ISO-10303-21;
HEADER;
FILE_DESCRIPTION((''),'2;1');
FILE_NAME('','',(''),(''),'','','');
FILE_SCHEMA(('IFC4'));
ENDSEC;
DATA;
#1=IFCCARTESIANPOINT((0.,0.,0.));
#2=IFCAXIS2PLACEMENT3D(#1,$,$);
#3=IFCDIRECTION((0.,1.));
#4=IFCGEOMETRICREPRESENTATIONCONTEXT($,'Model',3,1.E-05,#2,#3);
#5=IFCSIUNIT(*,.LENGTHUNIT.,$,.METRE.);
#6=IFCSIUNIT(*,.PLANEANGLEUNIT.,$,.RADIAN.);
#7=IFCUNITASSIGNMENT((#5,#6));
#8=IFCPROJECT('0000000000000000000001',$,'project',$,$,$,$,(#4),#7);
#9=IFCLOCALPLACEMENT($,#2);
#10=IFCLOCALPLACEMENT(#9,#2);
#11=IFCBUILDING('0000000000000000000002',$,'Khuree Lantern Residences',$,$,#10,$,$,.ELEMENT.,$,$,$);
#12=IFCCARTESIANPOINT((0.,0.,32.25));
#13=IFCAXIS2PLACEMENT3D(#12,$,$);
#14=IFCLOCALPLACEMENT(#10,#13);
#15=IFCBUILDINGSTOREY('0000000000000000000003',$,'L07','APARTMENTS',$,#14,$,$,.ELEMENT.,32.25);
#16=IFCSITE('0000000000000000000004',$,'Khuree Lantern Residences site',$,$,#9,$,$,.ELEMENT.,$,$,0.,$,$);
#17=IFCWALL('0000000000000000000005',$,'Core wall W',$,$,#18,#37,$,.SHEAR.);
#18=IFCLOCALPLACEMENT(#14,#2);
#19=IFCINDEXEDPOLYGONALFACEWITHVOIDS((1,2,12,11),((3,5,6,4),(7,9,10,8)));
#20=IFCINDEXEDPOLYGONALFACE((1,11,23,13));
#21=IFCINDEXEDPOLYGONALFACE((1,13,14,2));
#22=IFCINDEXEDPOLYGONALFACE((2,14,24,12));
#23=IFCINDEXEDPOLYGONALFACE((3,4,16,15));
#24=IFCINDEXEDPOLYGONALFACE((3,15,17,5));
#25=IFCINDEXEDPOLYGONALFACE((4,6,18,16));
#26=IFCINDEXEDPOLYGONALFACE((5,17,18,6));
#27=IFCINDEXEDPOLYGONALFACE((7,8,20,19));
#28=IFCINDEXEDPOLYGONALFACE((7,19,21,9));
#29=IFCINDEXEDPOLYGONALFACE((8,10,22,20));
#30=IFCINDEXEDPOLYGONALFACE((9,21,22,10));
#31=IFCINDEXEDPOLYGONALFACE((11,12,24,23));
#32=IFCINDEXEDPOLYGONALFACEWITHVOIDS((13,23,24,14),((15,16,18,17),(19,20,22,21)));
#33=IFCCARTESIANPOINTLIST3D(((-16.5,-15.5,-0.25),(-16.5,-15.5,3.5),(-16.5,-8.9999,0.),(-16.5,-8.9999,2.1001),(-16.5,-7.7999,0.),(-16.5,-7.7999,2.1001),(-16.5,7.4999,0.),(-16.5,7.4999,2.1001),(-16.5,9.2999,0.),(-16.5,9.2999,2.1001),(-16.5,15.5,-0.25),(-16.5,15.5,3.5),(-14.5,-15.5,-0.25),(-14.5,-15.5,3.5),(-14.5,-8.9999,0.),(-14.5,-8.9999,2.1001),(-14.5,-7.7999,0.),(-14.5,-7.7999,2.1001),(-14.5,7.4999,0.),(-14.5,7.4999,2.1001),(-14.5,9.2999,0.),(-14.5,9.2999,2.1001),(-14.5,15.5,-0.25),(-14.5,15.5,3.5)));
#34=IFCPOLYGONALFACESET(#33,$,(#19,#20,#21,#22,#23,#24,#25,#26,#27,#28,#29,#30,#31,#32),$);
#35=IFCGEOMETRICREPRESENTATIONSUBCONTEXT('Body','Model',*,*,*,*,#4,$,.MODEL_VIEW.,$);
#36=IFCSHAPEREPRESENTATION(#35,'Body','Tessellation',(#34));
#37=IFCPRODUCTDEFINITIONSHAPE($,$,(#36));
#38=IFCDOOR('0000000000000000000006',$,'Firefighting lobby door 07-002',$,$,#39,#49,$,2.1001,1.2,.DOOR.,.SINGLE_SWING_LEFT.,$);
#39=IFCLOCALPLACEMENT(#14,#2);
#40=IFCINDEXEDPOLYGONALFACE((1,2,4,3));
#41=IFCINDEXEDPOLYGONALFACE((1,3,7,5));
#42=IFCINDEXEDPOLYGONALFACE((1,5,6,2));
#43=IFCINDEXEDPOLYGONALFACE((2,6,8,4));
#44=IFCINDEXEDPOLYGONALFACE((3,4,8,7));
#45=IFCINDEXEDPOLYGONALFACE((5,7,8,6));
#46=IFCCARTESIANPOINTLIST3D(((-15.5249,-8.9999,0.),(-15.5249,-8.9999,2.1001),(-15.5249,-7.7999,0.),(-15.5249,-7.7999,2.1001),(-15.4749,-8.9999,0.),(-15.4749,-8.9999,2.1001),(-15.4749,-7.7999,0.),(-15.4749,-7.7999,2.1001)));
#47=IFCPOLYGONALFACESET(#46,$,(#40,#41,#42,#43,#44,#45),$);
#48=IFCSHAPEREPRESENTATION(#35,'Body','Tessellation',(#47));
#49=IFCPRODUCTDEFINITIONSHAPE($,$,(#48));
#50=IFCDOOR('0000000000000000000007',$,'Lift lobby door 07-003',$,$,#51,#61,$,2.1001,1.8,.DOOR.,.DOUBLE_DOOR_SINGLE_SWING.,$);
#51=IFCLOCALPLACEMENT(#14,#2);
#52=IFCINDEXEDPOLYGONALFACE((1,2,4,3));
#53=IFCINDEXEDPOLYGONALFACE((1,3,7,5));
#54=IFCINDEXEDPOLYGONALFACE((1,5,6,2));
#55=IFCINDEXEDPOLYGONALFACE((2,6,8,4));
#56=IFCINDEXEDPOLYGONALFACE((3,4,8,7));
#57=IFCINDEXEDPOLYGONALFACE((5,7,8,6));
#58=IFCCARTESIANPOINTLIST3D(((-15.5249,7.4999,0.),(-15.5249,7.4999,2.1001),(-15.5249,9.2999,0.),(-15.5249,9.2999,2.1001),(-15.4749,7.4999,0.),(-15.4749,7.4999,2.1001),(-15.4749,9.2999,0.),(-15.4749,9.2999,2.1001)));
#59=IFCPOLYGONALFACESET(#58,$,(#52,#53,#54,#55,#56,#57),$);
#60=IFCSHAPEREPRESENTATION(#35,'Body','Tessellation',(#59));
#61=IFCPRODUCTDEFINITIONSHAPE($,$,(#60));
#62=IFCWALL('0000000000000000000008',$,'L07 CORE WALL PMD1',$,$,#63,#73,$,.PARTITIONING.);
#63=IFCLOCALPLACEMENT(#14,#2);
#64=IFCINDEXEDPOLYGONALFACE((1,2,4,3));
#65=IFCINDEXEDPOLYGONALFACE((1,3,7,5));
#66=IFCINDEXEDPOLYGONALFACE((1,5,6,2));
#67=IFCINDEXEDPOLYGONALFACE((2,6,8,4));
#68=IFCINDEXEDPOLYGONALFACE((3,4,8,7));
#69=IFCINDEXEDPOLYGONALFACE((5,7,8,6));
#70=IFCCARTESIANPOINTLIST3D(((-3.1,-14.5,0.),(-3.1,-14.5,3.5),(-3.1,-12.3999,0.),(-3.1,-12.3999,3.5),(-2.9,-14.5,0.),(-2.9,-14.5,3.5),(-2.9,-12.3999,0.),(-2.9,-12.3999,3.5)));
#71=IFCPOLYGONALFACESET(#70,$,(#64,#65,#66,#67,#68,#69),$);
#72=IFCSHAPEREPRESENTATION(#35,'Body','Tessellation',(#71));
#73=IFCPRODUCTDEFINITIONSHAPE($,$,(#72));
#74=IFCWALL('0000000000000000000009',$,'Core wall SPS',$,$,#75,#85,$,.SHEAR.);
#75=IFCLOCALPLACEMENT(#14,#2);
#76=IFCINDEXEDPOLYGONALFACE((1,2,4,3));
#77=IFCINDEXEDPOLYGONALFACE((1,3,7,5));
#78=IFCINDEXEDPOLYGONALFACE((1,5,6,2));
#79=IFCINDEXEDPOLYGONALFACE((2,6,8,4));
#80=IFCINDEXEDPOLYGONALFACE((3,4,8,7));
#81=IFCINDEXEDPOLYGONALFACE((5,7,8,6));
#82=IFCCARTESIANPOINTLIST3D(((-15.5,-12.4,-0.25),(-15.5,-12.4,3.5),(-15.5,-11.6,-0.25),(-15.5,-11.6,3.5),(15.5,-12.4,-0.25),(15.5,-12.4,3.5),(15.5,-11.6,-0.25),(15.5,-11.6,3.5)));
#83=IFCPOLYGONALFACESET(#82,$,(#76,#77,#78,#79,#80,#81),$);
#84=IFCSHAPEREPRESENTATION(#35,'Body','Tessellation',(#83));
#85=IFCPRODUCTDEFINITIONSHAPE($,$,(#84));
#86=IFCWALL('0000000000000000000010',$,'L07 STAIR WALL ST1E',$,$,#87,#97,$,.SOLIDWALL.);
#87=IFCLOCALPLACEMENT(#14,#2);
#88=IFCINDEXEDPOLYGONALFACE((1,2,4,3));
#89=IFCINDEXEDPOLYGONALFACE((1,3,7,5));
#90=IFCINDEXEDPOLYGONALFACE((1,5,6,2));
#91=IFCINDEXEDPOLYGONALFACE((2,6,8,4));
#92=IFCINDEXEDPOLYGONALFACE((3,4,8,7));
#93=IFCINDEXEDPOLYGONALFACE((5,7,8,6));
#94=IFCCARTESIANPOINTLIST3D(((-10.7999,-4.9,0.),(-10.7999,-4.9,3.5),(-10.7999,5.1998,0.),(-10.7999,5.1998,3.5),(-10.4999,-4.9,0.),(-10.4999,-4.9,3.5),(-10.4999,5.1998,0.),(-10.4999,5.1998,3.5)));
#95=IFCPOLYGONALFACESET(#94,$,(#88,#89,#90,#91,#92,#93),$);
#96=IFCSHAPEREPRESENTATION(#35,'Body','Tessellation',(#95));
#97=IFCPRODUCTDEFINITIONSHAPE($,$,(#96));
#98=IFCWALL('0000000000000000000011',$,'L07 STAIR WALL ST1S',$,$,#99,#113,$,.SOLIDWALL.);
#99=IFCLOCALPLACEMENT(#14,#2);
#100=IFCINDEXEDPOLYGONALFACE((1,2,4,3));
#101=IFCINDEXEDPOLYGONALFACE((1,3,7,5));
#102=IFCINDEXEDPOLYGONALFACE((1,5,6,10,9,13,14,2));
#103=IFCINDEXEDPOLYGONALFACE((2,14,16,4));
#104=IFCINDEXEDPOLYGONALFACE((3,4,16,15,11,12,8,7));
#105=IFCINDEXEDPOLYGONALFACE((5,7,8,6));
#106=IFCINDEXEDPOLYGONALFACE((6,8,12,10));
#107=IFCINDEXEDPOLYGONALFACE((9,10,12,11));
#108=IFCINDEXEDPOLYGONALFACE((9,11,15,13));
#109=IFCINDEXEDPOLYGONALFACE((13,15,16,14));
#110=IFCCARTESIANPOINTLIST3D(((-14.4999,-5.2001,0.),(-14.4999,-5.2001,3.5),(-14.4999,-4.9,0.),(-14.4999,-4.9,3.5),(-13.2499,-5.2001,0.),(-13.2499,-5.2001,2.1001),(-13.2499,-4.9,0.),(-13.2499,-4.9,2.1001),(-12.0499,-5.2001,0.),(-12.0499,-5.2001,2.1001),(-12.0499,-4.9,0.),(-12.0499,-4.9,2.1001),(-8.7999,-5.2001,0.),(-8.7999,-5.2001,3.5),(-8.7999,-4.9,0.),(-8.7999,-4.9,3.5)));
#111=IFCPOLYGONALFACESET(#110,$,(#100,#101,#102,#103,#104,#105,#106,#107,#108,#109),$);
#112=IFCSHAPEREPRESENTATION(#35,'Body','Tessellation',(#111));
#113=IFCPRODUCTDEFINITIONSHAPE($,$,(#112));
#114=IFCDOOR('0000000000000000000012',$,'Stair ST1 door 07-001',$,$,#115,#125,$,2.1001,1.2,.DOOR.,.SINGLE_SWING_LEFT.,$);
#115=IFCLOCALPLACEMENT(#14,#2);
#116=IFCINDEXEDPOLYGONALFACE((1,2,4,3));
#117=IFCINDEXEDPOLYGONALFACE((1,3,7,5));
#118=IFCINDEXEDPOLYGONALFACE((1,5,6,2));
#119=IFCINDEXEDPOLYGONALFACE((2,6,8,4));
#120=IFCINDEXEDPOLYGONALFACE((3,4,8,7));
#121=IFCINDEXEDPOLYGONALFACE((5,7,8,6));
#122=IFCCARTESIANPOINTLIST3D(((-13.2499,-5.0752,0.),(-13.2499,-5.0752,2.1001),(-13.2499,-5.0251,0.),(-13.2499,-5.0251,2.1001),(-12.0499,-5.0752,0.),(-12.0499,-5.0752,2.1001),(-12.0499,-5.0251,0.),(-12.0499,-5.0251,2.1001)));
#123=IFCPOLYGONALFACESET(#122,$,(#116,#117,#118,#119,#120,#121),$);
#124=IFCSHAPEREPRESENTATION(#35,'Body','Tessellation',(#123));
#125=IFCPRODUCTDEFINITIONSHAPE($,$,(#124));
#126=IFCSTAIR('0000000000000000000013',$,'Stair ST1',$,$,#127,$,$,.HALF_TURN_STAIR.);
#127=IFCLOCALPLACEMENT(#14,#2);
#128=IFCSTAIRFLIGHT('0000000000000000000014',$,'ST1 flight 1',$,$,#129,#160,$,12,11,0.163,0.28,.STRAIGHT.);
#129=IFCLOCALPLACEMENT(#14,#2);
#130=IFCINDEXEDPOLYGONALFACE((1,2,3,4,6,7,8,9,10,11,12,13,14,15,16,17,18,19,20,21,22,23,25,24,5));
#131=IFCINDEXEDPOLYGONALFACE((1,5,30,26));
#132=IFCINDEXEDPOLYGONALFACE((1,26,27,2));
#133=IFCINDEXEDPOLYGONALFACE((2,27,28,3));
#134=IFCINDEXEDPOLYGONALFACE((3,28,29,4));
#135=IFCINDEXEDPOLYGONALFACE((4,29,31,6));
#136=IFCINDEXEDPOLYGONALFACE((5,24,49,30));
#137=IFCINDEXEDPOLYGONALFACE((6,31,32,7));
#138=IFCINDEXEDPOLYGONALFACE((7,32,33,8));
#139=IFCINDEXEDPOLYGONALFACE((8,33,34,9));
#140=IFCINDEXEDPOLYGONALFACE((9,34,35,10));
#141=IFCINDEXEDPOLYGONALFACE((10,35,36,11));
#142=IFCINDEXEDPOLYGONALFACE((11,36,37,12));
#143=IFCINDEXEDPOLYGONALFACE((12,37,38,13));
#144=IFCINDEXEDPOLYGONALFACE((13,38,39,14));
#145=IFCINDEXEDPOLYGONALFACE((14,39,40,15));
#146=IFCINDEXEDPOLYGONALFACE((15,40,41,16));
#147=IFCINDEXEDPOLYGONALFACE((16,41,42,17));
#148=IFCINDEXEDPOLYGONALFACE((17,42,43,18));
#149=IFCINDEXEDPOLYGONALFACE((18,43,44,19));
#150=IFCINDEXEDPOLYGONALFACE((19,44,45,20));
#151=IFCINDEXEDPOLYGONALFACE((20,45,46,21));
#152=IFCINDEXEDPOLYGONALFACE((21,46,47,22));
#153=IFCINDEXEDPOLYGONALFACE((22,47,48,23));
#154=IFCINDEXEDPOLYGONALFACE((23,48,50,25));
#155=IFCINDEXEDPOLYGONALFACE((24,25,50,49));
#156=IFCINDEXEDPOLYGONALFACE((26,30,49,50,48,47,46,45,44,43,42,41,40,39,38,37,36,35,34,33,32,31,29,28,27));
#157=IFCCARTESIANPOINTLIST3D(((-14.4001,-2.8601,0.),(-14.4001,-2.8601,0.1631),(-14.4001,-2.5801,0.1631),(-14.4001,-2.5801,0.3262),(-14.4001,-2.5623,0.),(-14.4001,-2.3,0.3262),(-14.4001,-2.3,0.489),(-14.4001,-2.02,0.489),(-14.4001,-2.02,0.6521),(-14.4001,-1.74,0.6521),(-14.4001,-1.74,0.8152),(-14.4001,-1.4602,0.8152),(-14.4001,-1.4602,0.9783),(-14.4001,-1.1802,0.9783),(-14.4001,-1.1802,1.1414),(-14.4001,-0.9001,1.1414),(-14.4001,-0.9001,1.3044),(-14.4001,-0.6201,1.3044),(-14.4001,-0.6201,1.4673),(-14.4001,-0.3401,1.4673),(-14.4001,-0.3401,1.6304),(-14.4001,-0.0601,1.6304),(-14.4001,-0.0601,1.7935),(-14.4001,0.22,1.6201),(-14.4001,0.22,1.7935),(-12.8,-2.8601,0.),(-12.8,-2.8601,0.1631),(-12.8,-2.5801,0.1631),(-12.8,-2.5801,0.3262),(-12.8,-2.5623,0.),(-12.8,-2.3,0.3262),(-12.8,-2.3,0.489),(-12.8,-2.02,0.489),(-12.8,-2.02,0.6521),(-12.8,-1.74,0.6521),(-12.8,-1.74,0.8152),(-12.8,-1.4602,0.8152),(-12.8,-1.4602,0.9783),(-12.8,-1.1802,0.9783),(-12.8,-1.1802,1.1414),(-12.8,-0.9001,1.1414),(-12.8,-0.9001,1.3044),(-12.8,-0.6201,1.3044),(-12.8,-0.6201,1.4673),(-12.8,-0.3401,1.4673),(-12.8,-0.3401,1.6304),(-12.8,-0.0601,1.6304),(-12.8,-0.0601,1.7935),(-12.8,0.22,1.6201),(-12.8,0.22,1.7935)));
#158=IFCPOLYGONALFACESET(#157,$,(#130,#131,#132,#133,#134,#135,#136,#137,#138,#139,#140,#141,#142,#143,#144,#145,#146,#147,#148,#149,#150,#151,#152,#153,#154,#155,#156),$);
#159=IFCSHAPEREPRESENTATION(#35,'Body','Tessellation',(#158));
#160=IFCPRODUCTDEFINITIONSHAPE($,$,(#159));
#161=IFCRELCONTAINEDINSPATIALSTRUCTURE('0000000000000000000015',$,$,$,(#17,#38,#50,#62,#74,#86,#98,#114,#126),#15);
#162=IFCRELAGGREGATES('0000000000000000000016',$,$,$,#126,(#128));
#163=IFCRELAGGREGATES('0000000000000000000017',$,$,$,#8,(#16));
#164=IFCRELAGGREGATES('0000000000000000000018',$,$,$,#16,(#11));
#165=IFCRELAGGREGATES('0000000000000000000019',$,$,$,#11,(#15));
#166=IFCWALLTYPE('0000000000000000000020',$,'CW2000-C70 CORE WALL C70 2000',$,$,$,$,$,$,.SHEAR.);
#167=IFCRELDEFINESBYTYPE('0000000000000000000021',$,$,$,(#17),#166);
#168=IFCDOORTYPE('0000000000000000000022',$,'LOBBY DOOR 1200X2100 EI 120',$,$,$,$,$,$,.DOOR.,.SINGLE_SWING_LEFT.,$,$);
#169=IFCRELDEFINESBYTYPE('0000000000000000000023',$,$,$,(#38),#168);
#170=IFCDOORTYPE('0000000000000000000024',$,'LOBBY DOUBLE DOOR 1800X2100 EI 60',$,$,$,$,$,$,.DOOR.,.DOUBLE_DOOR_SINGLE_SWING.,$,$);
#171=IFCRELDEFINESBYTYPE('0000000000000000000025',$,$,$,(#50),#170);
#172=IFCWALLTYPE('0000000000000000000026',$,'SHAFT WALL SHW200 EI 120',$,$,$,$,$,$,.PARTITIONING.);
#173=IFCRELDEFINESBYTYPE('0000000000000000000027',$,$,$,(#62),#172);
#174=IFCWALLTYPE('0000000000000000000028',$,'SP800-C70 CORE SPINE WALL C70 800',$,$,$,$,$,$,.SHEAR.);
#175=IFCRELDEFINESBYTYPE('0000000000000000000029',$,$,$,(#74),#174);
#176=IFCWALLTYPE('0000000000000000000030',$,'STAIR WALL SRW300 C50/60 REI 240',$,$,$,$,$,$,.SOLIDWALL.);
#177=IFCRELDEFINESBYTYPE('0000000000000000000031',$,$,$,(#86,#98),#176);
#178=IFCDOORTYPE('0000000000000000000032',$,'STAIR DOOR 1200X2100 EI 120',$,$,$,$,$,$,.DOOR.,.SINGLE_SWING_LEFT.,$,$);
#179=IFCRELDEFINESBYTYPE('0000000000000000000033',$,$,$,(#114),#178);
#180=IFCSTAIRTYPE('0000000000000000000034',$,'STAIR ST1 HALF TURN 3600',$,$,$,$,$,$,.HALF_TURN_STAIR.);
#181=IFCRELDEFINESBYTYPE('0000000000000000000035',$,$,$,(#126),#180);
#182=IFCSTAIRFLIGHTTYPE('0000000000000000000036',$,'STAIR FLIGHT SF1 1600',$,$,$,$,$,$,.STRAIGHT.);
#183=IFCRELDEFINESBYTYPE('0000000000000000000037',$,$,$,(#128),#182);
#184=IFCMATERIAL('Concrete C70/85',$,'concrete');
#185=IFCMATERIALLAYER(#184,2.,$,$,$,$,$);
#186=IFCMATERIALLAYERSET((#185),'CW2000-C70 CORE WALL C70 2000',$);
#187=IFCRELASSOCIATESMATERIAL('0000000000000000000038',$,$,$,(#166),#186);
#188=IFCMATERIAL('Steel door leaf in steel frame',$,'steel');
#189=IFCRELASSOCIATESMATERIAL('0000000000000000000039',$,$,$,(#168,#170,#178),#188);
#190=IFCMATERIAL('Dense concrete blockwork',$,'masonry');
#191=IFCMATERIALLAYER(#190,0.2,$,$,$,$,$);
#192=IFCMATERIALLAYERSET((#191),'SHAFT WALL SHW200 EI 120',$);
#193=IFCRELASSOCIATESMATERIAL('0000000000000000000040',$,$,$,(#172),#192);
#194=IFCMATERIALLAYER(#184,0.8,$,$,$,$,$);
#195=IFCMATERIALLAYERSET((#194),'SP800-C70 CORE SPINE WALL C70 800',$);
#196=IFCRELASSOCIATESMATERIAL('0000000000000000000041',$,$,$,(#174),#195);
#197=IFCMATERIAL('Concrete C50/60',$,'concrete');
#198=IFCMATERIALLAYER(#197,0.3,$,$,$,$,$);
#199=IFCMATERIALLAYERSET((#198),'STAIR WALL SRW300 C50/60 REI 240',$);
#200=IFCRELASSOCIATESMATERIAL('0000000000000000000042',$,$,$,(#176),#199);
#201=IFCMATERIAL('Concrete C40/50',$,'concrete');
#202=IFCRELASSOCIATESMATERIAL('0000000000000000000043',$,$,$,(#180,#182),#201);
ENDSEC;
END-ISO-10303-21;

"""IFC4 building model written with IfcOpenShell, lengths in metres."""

from ifc_helpers import new_model, si_unit, direction, frame, frame_2d, origin, place, context, subcontext, project, spatial, polyline, rectangle, outline, extrude, material, layer, layer_set, type_object, element, fill, aggregate, save


model = new_model("IFC4")

# Units and contexts
model_context = context("Model", 3, precision=1e-05, world=origin(), true_north=direction((0.0, 1.0)))
body_context = subcontext(model_context, "Body", "Model", "MODEL_VIEW")
ifc_project = project(units=[si_unit("LENGTHUNIT", "METRE"), si_unit("PLANEANGLEUNIT", "RADIAN")], contexts=[model_context])

# Site, building, storey
site_placement = place(None, origin())
site = spatial("IfcSite", under=ifc_project, at=site_placement, Name="Khuree Lantern Residences site", CompositionType="ELEMENT", RefElevation=0.0)
building_placement = place(site_placement, origin())
building = spatial("IfcBuilding", under=site, at=building_placement, Name="Khuree Lantern Residences", CompositionType="ELEMENT")
storey_placement = place(building_placement, frame((0.0, 0.0, 32.25)))
storey = spatial("IfcBuildingStorey", under=building, at=storey_placement, Name="L07", Description="APARTMENTS", CompositionType="ELEMENT", Elevation=32.25)

# Shared definitions
ifc_material_1 = material(Name="Concrete C70/85", Category="concrete")

# Shared definitions
ifc_material_2 = material(Name="Dense concrete blockwork", Category="masonry")

# Shared definitions
ifc_material_3 = material(Name="Steel door leaf in steel frame", Category="steel")

# Shared definitions
ifc_layer_1 = layer(ifc_material_1, 2.0)
ifc_layer_set_1 = layer_set([ifc_layer_1], Name="CW2000-C70 CORE WALL C70 2000")
wall_type_1 = type_object("IfcWallType", Name="CW2000-C70 CORE WALL C70 2000", PredefinedType="SHEAR", material=ifc_layer_set_1)

# Wall, openings, doors
wall_1_placement = place(storey_placement, frame((-15.5, -15.5, -0.25), z_axis=(0.0, 0.0, 1.0), x_axis=(0.0, 1.0, 0.0)))
wall_1 = element("IfcWall", 1, at=wall_1_placement, inside=storey, type_object=wall_type_1, Name="Core wall W", PredefinedType="SHEAR", context=body_context, shape_type="SweptSolid", body=[
    extrude(rectangle(XDim=31.0, YDim=2.0, at=frame_2d((15.5, 0.0))), origin(), (0.0, 0.0, 1.0), 3.75),
])
opening_1_placement = place(wall_1_placement, frame((6.5, 0.0, 0.25)))
opening_1 = element("IfcOpeningElement", 2, at=opening_1_placement, cuts=wall_1, PredefinedType="OPENING", context=body_context, shape_type="SweptSolid", body=[
    extrude(rectangle(XDim=1.2, YDim=2.1001, at=frame_2d((0.6001, 1.05))), frame((0.0, 1.01, 0.0), z_axis=(0.0, -1.0, 0.0), x_axis=(1.0, 0.0, 0.0)), (0.0, 0.0, 1.0), 2.02),
])
opening_2_placement = place(wall_1_placement, frame((23.0, 0.0, 0.25)))
opening_2 = element("IfcOpeningElement", 3, at=opening_2_placement, cuts=wall_1, PredefinedType="OPENING", context=body_context, shape_type="SweptSolid", body=[
    extrude(rectangle(XDim=1.8, YDim=2.1001, at=frame_2d((0.8999, 1.05))), frame((0.0, 1.01, 0.0), z_axis=(0.0, -1.0, 0.0), x_axis=(1.0, 0.0, 0.0)), (0.0, 0.0, 1.0), 2.02),
])
door_type_1 = type_object("IfcDoorType", Name="LOBBY DOOR 1200X2100 EI 120", OperationType="SINGLE_SWING_LEFT", PredefinedType="DOOR", material=ifc_material_3)
door_1_placement = place(opening_1_placement, origin())
door_1 = element("IfcDoor", 4, at=door_1_placement, inside=storey, type_object=door_type_1, Name="Firefighting lobby door 07-002", OperationType="SINGLE_SWING_LEFT", OverallHeight=2.1001, OverallWidth=1.2, PredefinedType="DOOR", context=body_context, shape_type="SweptSolid", body=[
    extrude(rectangle(XDim=1.2, YDim=2.1001, at=frame_2d((0.6001, 1.05))), frame((0.0, 0.0249, 0.0), z_axis=(0.0, -1.0, 0.0), x_axis=(1.0, 0.0, 0.0)), (0.0, 0.0, 1.0), 0.05),
])
fill(opening_1, door_1)
door_type_2 = type_object("IfcDoorType", Name="LOBBY DOUBLE DOOR 1800X2100 EI 60", OperationType="DOUBLE_DOOR_SINGLE_SWING", PredefinedType="DOOR", material=ifc_material_3)
door_2_placement = place(opening_2_placement, origin())
door_2 = element("IfcDoor", 5, at=door_2_placement, inside=storey, type_object=door_type_2, Name="Lift lobby door 07-003", OperationType="DOUBLE_DOOR_SINGLE_SWING", OverallHeight=2.1001, OverallWidth=1.8, PredefinedType="DOOR", context=body_context, shape_type="SweptSolid", body=[
    extrude(rectangle(XDim=1.8, YDim=2.1001, at=frame_2d((0.8999, 1.05))), frame((0.0, 0.0249, 0.0), z_axis=(0.0, -1.0, 0.0), x_axis=(1.0, 0.0, 0.0)), (0.0, 0.0, 1.0), 0.05),
])
fill(opening_2, door_2)

# Walls
ifc_layer_2 = layer(ifc_material_2, 0.2)
ifc_layer_set_2 = layer_set([ifc_layer_2], Name="SHAFT WALL SHW200 EI 120")
wall_type_2 = type_object("IfcWallType", Name="SHAFT WALL SHW200 EI 120", PredefinedType="PARTITIONING", material=ifc_layer_set_2)
wall_2_placement = place(storey_placement, frame((-3.0, -14.5, 0.0), z_axis=(0.0, 0.0, 1.0), x_axis=(0.0, 1.0, 0.0)))
element("IfcWall", 6, at=wall_2_placement, inside=storey, type_object=wall_type_2, Name="L07 CORE WALL PMD1", PredefinedType="PARTITIONING", context=body_context, shape_type="SweptSolid", body=[
    extrude(rectangle(XDim=2.1001, YDim=0.2, at=frame_2d((1.05, 0.0))), origin(), (0.0, 0.0, 1.0), 3.5),
])
ifc_layer_3 = layer(ifc_material_1, 0.8)
ifc_layer_set_3 = layer_set([ifc_layer_3], Name="SP800-C70 CORE SPINE WALL C70 800")
wall_type_3 = type_object("IfcWallType", Name="SP800-C70 CORE SPINE WALL C70 800", PredefinedType="SHEAR", material=ifc_layer_set_3)
wall_3_placement = place(storey_placement, frame((-15.5, -12.0, -0.25), z_axis=(0.0, 0.0, 1.0), x_axis=(1.0, 0.0, 0.0)))
element("IfcWall", 7, at=wall_3_placement, inside=storey, type_object=wall_type_3, Name="Core wall SPS", PredefinedType="SHEAR", context=body_context, shape_type="SweptSolid", body=[
    extrude(rectangle(XDim=31.0, YDim=0.8, at=frame_2d((15.5, 0.0))), origin(), (0.0, 0.0, 1.0), 3.75),
])
ifc_material_4 = material(Name="Concrete C50/60", Category="concrete")
ifc_layer_4 = layer(ifc_material_4, 0.3)
ifc_layer_set_4 = layer_set([ifc_layer_4], Name="STAIR WALL SRW300 C50/60 REI 240")
wall_type_4 = type_object("IfcWallType", Name="STAIR WALL SRW300 C50/60 REI 240", PredefinedType="SOLIDWALL", material=ifc_layer_set_4)
wall_4_placement = place(storey_placement, frame((-10.6499, -4.8999, 0.0), z_axis=(0.0, 0.0, 1.0), x_axis=(0.0, 1.0, 0.0)))
element("IfcWall", 8, at=wall_4_placement, inside=storey, type_object=wall_type_4, Name="L07 STAIR WALL ST1E", PredefinedType="SOLIDWALL", context=body_context, shape_type="SweptSolid", body=[
    extrude(rectangle(XDim=10.0999, YDim=0.3, at=frame_2d((5.0498, 0.0))), origin(), (0.0, 0.0, 1.0), 3.5),
])

# Wall, opening, door
wall_5_placement = place(storey_placement, frame((-14.5, -5.05, 0.0), z_axis=(0.0, 0.0, 1.0), x_axis=(1.0, 0.0, 0.0)))
wall_5 = element("IfcWall", 9, at=wall_5_placement, inside=storey, type_object=wall_type_4, Name="L07 STAIR WALL ST1S", PredefinedType="SOLIDWALL", context=body_context, shape_type="SweptSolid", body=[
    extrude(rectangle(XDim=5.7, YDim=0.3, at=frame_2d((2.8501, 0.0))), origin(), (0.0, 0.0, 1.0), 3.5),
])
opening_3_placement = place(wall_5_placement, frame((1.25, 0.0, 0.0)))
opening_3 = element("IfcOpeningElement", 10, at=opening_3_placement, cuts=wall_5, PredefinedType="OPENING", context=body_context, shape_type="SweptSolid", body=[
    extrude(rectangle(XDim=1.2, YDim=2.1001, at=frame_2d((0.6001, 1.05))), frame((0.0, 0.1602, 0.0), z_axis=(0.0, -1.0, 0.0), x_axis=(1.0, 0.0, 0.0)), (0.0, 0.0, 1.0), 0.3201),
])
door_type_3 = type_object("IfcDoorType", Name="STAIR DOOR 1200X2100 EI 120", OperationType="SINGLE_SWING_LEFT", PredefinedType="DOOR", material=ifc_material_3)
door_3_placement = place(opening_3_placement, origin())
door_3 = element("IfcDoor", 11, at=door_3_placement, inside=storey, type_object=door_type_3, Name="Stair ST1 door 07-001", OperationType="SINGLE_SWING_LEFT", OverallHeight=2.1001, OverallWidth=1.2, PredefinedType="DOOR", context=body_context, shape_type="SweptSolid", body=[
    extrude(rectangle(XDim=1.2, YDim=2.1001, at=frame_2d((0.6001, 1.05))), frame((0.0, 0.0249, 0.0), z_axis=(0.0, -1.0, 0.0), x_axis=(1.0, 0.0, 0.0)), (0.0, 0.0, 1.0), 0.05),
])
fill(opening_3, door_3)

# Stair, stair flight
ifc_material_5 = material(Name="Concrete C40/50", Category="concrete")
stair_type = type_object("IfcStairType", Name="STAIR ST1 HALF TURN 3600", PredefinedType="HALF_TURN_STAIR", material=ifc_material_5)
stair_placement = place(storey_placement, origin())
stair = element("IfcStair", 12, at=stair_placement, inside=storey, type_object=stair_type, Name="Stair ST1", PredefinedType="HALF_TURN_STAIR")
stair_flight_type = type_object("IfcStairFlightType", Name="STAIR FLIGHT SF1 1600", PredefinedType="STRAIGHT", material=ifc_material_5)
stair_flight_placement = place(storey_placement, frame((-13.6001, -2.8601, 0.0), z_axis=(0.0, 0.0, 1.0), x_axis=(0.0, 1.0, 0.0)))
stair_flight = element("IfcStairFlight", 13, at=stair_flight_placement, type_object=stair_flight_type, Name="ST1 flight 1", NumberOfRisers=12, NumberOfTreads=11, PredefinedType="STRAIGHT", RiserHeight=0.163, TreadLength=0.28, context=body_context, shape_type="SweptSolid", body=[
    extrude(outline(polyline([(0.0, 0.0), (0.0, 0.1631), (0.28, 0.1631), (0.28, 0.3262), (0.5601, 0.3262), (0.5601, 0.489), (0.8401, 0.489), (0.8401, 0.6521), (1.1201, 0.6521), (1.1201, 0.8152), (1.3999, 0.8152), (1.3999, 0.9783), (1.6799, 0.9783), (1.6799, 1.1414), (1.96, 1.1414), (1.96, 1.3044), (2.24, 1.3044), (2.24, 1.4673), (2.52, 1.4673), (2.52, 1.6304), (2.8, 1.6304), (2.8, 1.7935), (3.0801, 1.7935), (3.0801, 1.9565), (3.0801, 1.6201), (0.2979, 0.0), (0.0, 0.0)])), frame((0.0, 0.8, 0.0), z_axis=(0.0, -1.0, 0.0), x_axis=(1.0, 0.0, 0.0)), (0.0, 0.0, 1.0), 1.6001),
])
aggregate(stair, [stair_flight])

save(model, "model.ifc")
